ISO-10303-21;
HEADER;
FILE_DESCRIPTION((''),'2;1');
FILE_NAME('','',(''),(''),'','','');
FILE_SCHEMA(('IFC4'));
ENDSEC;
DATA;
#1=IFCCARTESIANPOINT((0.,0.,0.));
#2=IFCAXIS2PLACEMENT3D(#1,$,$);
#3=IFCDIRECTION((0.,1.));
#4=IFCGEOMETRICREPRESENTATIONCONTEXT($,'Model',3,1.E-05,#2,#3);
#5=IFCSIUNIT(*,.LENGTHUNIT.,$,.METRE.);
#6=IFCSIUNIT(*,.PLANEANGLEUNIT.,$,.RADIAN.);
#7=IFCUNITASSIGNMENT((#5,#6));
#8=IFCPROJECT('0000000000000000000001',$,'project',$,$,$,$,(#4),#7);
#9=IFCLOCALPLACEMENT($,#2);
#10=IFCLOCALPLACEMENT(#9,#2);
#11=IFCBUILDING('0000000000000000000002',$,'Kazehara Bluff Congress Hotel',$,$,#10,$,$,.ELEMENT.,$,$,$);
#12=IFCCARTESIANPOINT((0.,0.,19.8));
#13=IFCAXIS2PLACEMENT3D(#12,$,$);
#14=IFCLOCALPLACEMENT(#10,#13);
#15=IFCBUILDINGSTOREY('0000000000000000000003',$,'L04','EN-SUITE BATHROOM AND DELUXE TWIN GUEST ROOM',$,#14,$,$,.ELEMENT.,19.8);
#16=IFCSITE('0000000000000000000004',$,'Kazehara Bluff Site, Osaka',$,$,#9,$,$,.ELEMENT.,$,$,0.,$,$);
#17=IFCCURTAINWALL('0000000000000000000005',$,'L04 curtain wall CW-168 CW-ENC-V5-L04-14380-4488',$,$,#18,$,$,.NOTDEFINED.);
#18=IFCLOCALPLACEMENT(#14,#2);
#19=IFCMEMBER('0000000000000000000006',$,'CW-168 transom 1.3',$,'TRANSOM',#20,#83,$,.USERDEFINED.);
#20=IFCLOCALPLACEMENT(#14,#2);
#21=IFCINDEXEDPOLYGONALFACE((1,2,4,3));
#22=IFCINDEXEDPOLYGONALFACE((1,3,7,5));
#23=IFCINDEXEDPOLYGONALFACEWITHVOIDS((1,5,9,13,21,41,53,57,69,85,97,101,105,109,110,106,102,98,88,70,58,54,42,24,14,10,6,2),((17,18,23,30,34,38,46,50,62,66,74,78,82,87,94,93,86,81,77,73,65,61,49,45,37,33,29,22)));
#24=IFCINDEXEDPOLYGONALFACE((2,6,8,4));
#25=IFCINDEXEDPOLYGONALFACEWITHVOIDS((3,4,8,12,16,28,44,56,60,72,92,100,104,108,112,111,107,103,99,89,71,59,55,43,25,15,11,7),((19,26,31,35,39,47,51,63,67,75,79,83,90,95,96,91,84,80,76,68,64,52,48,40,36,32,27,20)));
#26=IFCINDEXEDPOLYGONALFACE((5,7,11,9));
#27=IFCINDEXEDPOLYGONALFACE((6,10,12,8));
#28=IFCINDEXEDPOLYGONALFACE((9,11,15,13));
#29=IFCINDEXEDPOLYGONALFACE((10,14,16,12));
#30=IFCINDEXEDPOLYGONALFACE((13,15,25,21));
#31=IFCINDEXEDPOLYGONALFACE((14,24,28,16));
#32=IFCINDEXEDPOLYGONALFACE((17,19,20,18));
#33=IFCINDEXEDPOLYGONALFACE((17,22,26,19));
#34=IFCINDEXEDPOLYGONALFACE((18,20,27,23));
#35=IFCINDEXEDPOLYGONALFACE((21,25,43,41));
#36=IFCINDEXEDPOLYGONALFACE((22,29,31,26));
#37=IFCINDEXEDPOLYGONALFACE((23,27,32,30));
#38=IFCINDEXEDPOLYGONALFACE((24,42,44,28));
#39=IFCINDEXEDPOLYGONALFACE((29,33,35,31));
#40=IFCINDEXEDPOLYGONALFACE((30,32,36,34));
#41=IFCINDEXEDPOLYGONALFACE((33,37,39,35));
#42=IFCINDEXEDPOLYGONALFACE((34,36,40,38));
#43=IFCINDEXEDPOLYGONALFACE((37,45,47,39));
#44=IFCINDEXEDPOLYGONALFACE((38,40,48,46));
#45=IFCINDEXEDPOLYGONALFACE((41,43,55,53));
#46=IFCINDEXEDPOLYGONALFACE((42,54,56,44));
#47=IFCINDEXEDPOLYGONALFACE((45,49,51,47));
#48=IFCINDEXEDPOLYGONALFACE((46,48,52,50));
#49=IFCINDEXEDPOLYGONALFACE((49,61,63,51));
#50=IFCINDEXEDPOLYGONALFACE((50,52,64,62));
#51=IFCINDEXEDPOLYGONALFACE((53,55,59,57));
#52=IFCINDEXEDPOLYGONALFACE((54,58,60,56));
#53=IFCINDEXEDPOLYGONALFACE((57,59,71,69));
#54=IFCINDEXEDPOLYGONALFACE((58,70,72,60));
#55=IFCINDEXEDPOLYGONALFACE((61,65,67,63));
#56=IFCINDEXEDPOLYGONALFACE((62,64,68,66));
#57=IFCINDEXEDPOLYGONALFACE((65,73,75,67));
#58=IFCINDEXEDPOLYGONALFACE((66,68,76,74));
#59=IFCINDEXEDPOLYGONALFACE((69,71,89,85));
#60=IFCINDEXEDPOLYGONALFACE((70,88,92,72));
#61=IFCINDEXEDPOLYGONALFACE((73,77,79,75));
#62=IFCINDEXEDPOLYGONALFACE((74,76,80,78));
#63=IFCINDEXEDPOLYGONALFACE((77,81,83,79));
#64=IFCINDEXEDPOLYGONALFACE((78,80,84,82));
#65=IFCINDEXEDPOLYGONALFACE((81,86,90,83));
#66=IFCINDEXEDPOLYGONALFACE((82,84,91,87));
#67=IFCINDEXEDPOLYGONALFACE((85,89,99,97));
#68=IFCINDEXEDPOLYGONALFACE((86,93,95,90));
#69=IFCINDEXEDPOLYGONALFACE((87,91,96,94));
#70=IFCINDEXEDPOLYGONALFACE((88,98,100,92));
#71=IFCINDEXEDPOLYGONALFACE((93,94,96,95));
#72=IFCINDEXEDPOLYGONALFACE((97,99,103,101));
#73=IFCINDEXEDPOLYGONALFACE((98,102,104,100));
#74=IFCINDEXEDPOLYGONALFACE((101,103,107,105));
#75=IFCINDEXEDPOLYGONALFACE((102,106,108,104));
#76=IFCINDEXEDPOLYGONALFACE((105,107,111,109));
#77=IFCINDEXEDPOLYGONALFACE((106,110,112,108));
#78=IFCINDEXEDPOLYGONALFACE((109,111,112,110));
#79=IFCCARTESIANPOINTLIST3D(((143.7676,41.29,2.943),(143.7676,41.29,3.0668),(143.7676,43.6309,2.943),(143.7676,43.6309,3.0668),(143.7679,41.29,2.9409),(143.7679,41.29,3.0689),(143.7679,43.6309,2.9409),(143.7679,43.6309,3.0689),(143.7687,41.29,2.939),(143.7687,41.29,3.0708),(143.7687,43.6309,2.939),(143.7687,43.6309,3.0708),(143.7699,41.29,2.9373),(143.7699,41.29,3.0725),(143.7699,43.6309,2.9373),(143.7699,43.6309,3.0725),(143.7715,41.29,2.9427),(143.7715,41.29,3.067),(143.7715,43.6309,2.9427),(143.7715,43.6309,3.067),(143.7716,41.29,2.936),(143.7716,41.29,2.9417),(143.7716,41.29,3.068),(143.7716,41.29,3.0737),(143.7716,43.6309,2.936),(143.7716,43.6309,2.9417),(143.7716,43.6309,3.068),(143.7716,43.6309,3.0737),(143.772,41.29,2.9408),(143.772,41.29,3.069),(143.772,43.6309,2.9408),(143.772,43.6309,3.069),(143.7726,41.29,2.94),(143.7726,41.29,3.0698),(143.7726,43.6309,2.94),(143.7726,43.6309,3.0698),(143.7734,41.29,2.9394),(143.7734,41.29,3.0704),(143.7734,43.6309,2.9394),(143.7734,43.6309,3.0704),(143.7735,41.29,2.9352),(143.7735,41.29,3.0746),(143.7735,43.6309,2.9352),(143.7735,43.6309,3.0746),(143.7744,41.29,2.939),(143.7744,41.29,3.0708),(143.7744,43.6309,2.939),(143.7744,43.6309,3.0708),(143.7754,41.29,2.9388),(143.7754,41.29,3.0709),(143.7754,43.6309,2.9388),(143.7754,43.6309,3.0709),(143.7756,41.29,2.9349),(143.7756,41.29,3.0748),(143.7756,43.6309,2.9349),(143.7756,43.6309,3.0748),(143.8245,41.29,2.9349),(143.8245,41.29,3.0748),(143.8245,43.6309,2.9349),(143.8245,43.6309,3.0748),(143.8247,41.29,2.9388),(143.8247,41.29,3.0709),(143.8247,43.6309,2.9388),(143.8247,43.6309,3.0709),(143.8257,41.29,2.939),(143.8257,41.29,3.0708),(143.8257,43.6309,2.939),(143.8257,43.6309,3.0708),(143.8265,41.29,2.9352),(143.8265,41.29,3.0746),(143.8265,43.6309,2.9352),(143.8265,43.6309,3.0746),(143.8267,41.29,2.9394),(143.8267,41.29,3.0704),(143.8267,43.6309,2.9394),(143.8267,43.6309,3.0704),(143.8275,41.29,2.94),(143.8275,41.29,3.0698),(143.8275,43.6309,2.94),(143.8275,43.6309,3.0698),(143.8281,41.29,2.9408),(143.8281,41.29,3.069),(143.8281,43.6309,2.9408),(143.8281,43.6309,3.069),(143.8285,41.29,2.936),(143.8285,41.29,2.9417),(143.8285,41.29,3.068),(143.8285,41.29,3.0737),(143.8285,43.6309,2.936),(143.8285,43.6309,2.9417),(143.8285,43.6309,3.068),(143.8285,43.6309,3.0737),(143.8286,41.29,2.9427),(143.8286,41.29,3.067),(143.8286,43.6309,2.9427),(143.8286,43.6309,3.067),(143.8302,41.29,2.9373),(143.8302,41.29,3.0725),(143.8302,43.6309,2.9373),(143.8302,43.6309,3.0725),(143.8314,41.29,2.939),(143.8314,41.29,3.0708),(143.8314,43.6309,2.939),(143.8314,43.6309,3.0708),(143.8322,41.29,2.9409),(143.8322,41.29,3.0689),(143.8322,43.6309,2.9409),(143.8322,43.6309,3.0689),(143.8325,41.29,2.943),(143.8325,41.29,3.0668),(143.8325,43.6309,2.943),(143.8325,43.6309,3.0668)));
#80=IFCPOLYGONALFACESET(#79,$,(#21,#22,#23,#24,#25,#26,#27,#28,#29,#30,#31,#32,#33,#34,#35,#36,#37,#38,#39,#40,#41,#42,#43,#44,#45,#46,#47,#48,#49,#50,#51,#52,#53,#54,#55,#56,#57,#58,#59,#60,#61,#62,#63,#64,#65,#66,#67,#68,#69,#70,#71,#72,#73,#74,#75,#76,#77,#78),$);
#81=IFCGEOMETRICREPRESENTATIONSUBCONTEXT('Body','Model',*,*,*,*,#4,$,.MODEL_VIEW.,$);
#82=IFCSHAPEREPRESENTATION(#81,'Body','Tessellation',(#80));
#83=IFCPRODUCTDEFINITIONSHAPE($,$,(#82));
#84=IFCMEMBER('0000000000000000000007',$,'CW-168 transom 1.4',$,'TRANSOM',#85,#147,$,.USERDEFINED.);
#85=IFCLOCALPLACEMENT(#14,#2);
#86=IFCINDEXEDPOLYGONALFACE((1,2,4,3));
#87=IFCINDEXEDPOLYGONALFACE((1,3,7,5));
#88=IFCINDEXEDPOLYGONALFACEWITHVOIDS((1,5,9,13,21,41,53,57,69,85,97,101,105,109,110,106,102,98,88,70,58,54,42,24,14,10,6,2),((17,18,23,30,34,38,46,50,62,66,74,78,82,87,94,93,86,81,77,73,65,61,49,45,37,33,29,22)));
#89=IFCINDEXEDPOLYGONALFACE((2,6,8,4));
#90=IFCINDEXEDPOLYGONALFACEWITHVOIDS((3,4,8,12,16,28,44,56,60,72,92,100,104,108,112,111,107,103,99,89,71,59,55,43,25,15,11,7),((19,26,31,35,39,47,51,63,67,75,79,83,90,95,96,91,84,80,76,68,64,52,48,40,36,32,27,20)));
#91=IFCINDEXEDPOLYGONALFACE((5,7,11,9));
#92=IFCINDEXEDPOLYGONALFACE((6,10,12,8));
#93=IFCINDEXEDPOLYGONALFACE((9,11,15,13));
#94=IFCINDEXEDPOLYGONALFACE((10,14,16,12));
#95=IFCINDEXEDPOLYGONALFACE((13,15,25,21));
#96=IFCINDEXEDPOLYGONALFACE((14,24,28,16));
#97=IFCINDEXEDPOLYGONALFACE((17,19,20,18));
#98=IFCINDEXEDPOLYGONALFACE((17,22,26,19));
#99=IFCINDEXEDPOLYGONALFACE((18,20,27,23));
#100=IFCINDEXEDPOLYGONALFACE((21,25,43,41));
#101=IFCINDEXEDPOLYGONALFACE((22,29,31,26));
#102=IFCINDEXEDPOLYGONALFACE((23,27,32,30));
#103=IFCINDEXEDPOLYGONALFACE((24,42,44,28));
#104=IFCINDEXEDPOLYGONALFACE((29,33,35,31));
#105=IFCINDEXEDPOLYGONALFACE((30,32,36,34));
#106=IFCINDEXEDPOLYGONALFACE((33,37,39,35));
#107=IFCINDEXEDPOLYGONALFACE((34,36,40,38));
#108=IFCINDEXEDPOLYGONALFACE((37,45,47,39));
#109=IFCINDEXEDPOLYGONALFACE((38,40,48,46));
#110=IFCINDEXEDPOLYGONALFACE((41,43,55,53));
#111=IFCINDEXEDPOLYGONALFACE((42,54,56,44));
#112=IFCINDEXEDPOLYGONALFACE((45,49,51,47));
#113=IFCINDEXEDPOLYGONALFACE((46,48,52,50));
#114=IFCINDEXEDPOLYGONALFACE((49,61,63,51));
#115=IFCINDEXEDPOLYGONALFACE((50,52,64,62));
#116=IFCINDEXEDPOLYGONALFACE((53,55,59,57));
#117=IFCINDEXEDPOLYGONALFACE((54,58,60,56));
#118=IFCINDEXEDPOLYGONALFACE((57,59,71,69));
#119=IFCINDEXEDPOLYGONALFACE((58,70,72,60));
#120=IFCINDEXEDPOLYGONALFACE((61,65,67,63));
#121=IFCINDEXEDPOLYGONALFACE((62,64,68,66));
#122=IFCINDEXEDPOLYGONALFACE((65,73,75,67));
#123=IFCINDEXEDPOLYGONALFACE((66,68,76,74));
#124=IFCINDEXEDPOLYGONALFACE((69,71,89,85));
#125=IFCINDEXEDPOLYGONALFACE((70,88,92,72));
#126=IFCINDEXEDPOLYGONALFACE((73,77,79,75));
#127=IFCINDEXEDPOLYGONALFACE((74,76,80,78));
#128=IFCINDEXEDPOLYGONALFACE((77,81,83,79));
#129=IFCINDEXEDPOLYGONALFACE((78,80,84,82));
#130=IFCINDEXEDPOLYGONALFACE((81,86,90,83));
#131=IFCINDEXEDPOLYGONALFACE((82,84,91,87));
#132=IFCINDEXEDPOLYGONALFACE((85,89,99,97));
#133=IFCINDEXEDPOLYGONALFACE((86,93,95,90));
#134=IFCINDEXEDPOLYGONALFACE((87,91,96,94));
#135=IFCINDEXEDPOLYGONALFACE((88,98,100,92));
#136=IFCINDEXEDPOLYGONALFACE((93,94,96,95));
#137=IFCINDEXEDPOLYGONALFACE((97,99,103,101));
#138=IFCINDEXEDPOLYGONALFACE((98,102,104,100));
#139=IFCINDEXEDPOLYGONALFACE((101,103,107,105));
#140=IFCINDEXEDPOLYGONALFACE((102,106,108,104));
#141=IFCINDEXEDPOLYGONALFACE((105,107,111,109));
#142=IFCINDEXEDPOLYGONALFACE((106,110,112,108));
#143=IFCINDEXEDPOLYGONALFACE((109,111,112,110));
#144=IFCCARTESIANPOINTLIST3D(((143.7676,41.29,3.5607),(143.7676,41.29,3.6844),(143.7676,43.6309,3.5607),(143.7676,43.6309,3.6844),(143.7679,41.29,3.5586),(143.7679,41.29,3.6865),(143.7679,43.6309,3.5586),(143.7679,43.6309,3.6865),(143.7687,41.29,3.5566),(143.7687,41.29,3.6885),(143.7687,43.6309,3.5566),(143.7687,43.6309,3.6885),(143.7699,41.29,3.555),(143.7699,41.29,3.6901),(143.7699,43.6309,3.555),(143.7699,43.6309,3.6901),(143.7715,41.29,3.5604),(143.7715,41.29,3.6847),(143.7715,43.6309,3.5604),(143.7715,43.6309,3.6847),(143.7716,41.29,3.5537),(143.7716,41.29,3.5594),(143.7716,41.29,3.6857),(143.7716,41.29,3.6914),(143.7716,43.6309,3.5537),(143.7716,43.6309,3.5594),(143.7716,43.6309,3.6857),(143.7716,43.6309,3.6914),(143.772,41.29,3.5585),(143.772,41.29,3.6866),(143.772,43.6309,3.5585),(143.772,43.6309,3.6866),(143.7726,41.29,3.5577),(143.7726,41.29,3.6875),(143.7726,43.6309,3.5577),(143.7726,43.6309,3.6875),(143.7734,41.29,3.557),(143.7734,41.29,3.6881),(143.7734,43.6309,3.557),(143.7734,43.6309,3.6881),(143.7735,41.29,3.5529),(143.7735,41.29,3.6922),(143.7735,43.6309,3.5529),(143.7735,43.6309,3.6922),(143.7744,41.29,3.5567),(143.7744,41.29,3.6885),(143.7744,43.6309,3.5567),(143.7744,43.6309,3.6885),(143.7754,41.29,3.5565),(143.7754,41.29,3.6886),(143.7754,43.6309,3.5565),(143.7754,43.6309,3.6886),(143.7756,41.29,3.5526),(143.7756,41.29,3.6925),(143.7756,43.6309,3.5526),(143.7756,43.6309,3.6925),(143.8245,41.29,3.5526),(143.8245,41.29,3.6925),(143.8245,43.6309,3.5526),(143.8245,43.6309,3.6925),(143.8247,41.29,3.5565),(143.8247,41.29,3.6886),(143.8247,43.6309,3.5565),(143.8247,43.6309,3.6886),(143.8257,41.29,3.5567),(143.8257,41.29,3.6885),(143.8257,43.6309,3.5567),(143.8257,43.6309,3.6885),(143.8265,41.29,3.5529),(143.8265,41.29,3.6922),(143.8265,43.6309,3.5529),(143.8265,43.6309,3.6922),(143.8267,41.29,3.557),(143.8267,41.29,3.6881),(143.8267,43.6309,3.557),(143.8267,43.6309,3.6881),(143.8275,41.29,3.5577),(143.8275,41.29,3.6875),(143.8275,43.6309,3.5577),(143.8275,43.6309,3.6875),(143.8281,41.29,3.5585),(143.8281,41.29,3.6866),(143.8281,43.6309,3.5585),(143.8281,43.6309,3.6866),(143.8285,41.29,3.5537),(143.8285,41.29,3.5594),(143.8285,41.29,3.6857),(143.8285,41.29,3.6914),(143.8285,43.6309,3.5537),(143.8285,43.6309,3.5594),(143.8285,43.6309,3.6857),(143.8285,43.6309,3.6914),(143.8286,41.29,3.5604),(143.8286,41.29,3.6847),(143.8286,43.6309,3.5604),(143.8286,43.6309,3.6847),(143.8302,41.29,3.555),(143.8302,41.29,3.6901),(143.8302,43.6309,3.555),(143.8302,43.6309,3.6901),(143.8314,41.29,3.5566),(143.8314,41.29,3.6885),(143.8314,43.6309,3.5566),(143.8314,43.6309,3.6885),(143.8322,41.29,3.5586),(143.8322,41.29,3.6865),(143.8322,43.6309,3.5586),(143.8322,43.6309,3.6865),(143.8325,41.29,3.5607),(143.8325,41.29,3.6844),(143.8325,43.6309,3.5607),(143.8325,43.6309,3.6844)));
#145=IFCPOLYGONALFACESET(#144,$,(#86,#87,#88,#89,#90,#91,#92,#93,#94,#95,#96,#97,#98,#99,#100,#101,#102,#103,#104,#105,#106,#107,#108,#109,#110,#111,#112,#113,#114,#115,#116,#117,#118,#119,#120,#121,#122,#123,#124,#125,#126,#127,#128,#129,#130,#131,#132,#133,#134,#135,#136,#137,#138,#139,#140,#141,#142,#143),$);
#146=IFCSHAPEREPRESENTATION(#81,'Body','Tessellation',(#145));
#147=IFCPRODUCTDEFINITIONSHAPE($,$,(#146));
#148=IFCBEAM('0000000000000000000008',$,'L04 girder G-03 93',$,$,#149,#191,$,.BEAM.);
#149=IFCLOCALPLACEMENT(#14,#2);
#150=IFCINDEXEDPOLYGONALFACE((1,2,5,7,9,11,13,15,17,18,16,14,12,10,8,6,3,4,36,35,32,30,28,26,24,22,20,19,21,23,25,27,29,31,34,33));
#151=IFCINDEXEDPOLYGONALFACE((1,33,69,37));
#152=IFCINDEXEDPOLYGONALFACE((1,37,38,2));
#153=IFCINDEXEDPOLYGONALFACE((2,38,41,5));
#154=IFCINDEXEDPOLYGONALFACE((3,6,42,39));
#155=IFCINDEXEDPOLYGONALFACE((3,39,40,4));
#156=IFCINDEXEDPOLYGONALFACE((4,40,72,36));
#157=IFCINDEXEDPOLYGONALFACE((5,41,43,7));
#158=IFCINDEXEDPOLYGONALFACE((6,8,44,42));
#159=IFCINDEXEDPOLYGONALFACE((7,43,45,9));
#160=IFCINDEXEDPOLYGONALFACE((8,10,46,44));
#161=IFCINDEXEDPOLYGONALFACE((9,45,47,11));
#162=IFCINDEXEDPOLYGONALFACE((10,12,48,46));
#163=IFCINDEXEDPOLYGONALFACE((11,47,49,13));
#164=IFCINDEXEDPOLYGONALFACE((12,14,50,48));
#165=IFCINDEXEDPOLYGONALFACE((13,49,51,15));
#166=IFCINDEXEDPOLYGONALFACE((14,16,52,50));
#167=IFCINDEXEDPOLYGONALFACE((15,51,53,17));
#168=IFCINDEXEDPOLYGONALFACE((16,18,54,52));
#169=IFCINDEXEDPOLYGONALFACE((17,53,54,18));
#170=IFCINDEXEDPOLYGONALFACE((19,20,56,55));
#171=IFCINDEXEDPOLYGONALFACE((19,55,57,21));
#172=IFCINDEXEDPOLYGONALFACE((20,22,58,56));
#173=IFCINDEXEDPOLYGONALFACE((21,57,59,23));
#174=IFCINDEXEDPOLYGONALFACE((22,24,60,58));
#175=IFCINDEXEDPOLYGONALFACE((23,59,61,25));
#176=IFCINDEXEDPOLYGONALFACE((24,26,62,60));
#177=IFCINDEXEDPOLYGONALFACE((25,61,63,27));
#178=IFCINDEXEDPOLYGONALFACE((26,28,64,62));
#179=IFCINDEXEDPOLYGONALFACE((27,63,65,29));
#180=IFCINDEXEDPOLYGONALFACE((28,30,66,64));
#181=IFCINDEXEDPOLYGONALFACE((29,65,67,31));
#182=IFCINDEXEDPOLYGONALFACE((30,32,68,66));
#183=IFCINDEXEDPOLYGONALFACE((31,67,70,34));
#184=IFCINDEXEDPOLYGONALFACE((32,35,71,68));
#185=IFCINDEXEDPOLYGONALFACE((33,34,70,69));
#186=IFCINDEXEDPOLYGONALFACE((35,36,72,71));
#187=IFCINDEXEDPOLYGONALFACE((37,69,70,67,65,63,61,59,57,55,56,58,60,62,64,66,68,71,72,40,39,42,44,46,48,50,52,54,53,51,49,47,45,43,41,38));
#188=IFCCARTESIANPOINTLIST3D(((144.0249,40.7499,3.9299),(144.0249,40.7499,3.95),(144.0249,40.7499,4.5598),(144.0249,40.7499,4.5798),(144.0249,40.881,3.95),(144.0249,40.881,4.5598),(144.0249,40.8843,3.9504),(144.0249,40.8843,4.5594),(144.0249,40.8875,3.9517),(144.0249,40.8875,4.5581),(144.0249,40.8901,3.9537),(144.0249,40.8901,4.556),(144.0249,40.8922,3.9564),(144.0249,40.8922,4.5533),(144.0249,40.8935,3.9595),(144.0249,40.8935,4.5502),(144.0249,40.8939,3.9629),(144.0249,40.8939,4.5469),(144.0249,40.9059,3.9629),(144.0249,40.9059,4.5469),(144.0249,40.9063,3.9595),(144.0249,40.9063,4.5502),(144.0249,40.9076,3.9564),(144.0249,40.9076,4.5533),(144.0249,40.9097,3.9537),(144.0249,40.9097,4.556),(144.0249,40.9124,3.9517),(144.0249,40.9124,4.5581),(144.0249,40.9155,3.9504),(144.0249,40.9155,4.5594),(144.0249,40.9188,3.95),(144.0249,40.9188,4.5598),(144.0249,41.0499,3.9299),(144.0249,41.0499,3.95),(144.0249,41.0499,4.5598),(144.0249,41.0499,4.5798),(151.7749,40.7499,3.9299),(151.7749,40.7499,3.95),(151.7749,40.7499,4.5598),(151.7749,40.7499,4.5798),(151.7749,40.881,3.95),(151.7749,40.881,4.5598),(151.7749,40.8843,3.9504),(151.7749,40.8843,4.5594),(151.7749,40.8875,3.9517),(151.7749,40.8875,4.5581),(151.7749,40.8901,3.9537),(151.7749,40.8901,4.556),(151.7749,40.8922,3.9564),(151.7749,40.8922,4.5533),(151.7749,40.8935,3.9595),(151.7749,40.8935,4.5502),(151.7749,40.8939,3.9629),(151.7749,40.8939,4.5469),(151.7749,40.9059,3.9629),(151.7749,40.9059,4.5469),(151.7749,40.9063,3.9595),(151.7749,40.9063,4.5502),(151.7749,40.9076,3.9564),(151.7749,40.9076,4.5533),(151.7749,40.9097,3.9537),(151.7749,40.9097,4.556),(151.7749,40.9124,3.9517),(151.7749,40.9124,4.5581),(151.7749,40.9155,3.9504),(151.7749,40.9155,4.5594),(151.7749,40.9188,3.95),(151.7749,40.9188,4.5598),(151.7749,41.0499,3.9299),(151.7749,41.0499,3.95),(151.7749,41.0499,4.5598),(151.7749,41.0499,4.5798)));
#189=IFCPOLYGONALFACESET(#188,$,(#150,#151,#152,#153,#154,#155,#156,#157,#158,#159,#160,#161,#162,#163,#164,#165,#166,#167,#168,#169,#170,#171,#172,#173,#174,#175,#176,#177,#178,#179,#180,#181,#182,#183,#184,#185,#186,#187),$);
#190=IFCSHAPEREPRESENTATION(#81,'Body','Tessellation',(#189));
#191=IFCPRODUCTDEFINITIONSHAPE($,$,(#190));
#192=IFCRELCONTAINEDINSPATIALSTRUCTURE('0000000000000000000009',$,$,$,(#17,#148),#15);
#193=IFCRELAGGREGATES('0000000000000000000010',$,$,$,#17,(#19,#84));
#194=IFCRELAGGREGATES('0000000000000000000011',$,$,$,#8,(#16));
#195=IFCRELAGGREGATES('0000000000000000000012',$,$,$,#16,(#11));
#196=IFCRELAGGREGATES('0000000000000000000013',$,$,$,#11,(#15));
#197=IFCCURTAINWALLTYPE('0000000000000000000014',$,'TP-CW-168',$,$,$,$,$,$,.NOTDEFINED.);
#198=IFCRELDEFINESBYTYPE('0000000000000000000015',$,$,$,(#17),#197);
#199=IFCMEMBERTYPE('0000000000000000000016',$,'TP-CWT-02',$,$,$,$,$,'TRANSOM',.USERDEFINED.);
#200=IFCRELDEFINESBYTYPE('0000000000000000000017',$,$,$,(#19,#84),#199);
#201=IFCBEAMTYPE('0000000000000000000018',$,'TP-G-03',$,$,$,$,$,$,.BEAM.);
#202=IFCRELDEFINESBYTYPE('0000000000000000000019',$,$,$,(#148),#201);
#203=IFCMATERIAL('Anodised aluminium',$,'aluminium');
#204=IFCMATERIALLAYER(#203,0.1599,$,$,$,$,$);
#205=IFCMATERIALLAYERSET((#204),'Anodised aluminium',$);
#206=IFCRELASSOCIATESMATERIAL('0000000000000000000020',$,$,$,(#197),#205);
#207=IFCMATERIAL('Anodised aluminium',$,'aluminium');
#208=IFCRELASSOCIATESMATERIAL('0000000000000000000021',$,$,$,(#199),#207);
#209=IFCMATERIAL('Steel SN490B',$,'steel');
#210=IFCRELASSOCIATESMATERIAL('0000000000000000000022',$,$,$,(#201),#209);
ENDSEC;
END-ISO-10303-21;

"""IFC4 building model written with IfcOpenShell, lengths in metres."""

from ifc_helpers import new_model, si_unit, direction, frame, origin, origin_2d, place, context, subcontext, project, spatial, hollow_rectangle, i_section, extrude, material, layer, layer_set, material_profile, profile_set, type_object, element, aggregate, save


model = new_model("IFC4")

# Units and contexts
model_context = context("Model", 3, precision=1e-05, world=origin(), true_north=direction((0.0, 1.0)))
body_context = subcontext(model_context, "Body", "Model", "MODEL_VIEW")
ifc_project = project(units=[si_unit("LENGTHUNIT", "METRE"), si_unit("PLANEANGLEUNIT", "RADIAN")], contexts=[model_context])

# Site, building, storey
site_placement = place(None, origin())
site = spatial("IfcSite", under=ifc_project, at=site_placement, Name="Kazehara Bluff Site, Osaka", CompositionType="ELEMENT", RefElevation=0.0)
building_placement = place(site_placement, origin())
building = spatial("IfcBuilding", under=site, at=building_placement, Name="Kazehara Bluff Congress Hotel", CompositionType="ELEMENT")
storey_placement = place(building_placement, frame((0.0, 0.0, 19.8)))
storey = spatial("IfcBuildingStorey", under=building, at=storey_placement, Name="L04", Description="EN-SUITE BATHROOM AND DELUXE TWIN GUEST ROOM", CompositionType="ELEMENT", Elevation=19.8)

# Curtain wall
ifc_material_1 = material(Name="Anodised aluminium", Category="aluminium")
ifc_layer_1 = layer(ifc_material_1, 0.1599)
ifc_layer_set_1 = layer_set([ifc_layer_1], Name="Anodised aluminium")
curtain_wall_type_1 = type_object("IfcCurtainWallType", Name="TP-CW-168", PredefinedType="NOTDEFINED", material=ifc_layer_set_1)
curtain_wall_1_placement = place(storey_placement, origin())
curtain_wall_1 = element("IfcCurtainWall", 1, at=curtain_wall_1_placement, inside=storey, type_object=curtain_wall_type_1, Name="L04 curtain wall CW-168 CW-ENC-V5-L04-14380-4488", PredefinedType="NOTDEFINED")

# Members
ifc_material_2 = material(Name="Anodised aluminium", Category="aluminium")
ifc_material_profile_1 = material_profile(ifc_material_2, hollow_rectangle(XDim=0.0649, YDim=0.1399, WallThickness=0.0039, InnerFilletRadius=0.0039, OuterFilletRadius=0.0081, at=origin_2d()))
ifc_profile_set_1 = profile_set([ifc_material_profile_1], Name="Anodised aluminium")
member_type_1 = type_object("IfcMemberType", Name="TP-CWT-02", ElementType="TRANSOM", PredefinedType="USERDEFINED", material=ifc_profile_set_1)
member_1_placement = place(storey_placement, frame((143.8, 41.29, 3.0049), z_axis=(0.0, 1.0, 0.0), x_axis=(-1.0, 0.0, 0.0)))
member_1 = element("IfcMember", 2, at=member_1_placement, type_object=member_type_1, Name="CW-168 transom 1.3", ObjectType="TRANSOM", PredefinedType="USERDEFINED", context=body_context, shape_type="SweptSolid", body=[
    extrude(hollow_rectangle(XDim=0.0649, YDim=0.1399, WallThickness=0.0039, InnerFilletRadius=0.0039, OuterFilletRadius=0.0081, at=origin_2d()), origin(), (0.0, 0.0, 1.0), 2.3408),
])
member_2_placement = place(storey_placement, frame((143.8, 41.29, 3.6226), z_axis=(0.0, 1.0, 0.0), x_axis=(-1.0, 0.0, 0.0)))
member_2 = element("IfcMember", 3, at=member_2_placement, type_object=member_type_1, Name="CW-168 transom 1.4", ObjectType="TRANSOM", PredefinedType="USERDEFINED", context=body_context, shape_type="SweptSolid", body=[
    extrude(hollow_rectangle(XDim=0.0649, YDim=0.1399, WallThickness=0.0039, InnerFilletRadius=0.0039, OuterFilletRadius=0.0081, at=origin_2d()), origin(), (0.0, 0.0, 1.0), 2.3408),
])

# Beam
ifc_material_3 = material(Name="Steel SN490B", Category="steel")
ifc_material_profile_2 = material_profile(ifc_material_3, i_section(OverallWidth=0.3, OverallDepth=0.6499, WebThickness=0.012, FlangeThickness=0.02, FilletRadius=0.0129, at=origin_2d()))
ifc_profile_set_2 = profile_set([ifc_material_profile_2], Name="Steel SN490B")
beam_type_1 = type_object("IfcBeamType", Name="TP-G-03", PredefinedType="BEAM", material=ifc_profile_set_2)
beam_1_placement = place(storey_placement, frame((144.0249, 40.8999, 4.2549), z_axis=(1.0, 0.0, 0.0), x_axis=(0.0, 1.0, 0.0)))
element("IfcBeam", 4, at=beam_1_placement, inside=storey, type_object=beam_type_1, Name="L04 girder G-03 93", PredefinedType="BEAM", context=body_context, shape_type="SweptSolid", body=[
    extrude(i_section(OverallWidth=0.3, OverallDepth=0.6499, WebThickness=0.012, FlangeThickness=0.02, FilletRadius=0.0129, at=origin_2d()), origin(), (0.0, 0.0, 1.0), 7.75),
])

aggregate(curtain_wall_1, [member_1, member_2])

save(model, "model.ifc")
